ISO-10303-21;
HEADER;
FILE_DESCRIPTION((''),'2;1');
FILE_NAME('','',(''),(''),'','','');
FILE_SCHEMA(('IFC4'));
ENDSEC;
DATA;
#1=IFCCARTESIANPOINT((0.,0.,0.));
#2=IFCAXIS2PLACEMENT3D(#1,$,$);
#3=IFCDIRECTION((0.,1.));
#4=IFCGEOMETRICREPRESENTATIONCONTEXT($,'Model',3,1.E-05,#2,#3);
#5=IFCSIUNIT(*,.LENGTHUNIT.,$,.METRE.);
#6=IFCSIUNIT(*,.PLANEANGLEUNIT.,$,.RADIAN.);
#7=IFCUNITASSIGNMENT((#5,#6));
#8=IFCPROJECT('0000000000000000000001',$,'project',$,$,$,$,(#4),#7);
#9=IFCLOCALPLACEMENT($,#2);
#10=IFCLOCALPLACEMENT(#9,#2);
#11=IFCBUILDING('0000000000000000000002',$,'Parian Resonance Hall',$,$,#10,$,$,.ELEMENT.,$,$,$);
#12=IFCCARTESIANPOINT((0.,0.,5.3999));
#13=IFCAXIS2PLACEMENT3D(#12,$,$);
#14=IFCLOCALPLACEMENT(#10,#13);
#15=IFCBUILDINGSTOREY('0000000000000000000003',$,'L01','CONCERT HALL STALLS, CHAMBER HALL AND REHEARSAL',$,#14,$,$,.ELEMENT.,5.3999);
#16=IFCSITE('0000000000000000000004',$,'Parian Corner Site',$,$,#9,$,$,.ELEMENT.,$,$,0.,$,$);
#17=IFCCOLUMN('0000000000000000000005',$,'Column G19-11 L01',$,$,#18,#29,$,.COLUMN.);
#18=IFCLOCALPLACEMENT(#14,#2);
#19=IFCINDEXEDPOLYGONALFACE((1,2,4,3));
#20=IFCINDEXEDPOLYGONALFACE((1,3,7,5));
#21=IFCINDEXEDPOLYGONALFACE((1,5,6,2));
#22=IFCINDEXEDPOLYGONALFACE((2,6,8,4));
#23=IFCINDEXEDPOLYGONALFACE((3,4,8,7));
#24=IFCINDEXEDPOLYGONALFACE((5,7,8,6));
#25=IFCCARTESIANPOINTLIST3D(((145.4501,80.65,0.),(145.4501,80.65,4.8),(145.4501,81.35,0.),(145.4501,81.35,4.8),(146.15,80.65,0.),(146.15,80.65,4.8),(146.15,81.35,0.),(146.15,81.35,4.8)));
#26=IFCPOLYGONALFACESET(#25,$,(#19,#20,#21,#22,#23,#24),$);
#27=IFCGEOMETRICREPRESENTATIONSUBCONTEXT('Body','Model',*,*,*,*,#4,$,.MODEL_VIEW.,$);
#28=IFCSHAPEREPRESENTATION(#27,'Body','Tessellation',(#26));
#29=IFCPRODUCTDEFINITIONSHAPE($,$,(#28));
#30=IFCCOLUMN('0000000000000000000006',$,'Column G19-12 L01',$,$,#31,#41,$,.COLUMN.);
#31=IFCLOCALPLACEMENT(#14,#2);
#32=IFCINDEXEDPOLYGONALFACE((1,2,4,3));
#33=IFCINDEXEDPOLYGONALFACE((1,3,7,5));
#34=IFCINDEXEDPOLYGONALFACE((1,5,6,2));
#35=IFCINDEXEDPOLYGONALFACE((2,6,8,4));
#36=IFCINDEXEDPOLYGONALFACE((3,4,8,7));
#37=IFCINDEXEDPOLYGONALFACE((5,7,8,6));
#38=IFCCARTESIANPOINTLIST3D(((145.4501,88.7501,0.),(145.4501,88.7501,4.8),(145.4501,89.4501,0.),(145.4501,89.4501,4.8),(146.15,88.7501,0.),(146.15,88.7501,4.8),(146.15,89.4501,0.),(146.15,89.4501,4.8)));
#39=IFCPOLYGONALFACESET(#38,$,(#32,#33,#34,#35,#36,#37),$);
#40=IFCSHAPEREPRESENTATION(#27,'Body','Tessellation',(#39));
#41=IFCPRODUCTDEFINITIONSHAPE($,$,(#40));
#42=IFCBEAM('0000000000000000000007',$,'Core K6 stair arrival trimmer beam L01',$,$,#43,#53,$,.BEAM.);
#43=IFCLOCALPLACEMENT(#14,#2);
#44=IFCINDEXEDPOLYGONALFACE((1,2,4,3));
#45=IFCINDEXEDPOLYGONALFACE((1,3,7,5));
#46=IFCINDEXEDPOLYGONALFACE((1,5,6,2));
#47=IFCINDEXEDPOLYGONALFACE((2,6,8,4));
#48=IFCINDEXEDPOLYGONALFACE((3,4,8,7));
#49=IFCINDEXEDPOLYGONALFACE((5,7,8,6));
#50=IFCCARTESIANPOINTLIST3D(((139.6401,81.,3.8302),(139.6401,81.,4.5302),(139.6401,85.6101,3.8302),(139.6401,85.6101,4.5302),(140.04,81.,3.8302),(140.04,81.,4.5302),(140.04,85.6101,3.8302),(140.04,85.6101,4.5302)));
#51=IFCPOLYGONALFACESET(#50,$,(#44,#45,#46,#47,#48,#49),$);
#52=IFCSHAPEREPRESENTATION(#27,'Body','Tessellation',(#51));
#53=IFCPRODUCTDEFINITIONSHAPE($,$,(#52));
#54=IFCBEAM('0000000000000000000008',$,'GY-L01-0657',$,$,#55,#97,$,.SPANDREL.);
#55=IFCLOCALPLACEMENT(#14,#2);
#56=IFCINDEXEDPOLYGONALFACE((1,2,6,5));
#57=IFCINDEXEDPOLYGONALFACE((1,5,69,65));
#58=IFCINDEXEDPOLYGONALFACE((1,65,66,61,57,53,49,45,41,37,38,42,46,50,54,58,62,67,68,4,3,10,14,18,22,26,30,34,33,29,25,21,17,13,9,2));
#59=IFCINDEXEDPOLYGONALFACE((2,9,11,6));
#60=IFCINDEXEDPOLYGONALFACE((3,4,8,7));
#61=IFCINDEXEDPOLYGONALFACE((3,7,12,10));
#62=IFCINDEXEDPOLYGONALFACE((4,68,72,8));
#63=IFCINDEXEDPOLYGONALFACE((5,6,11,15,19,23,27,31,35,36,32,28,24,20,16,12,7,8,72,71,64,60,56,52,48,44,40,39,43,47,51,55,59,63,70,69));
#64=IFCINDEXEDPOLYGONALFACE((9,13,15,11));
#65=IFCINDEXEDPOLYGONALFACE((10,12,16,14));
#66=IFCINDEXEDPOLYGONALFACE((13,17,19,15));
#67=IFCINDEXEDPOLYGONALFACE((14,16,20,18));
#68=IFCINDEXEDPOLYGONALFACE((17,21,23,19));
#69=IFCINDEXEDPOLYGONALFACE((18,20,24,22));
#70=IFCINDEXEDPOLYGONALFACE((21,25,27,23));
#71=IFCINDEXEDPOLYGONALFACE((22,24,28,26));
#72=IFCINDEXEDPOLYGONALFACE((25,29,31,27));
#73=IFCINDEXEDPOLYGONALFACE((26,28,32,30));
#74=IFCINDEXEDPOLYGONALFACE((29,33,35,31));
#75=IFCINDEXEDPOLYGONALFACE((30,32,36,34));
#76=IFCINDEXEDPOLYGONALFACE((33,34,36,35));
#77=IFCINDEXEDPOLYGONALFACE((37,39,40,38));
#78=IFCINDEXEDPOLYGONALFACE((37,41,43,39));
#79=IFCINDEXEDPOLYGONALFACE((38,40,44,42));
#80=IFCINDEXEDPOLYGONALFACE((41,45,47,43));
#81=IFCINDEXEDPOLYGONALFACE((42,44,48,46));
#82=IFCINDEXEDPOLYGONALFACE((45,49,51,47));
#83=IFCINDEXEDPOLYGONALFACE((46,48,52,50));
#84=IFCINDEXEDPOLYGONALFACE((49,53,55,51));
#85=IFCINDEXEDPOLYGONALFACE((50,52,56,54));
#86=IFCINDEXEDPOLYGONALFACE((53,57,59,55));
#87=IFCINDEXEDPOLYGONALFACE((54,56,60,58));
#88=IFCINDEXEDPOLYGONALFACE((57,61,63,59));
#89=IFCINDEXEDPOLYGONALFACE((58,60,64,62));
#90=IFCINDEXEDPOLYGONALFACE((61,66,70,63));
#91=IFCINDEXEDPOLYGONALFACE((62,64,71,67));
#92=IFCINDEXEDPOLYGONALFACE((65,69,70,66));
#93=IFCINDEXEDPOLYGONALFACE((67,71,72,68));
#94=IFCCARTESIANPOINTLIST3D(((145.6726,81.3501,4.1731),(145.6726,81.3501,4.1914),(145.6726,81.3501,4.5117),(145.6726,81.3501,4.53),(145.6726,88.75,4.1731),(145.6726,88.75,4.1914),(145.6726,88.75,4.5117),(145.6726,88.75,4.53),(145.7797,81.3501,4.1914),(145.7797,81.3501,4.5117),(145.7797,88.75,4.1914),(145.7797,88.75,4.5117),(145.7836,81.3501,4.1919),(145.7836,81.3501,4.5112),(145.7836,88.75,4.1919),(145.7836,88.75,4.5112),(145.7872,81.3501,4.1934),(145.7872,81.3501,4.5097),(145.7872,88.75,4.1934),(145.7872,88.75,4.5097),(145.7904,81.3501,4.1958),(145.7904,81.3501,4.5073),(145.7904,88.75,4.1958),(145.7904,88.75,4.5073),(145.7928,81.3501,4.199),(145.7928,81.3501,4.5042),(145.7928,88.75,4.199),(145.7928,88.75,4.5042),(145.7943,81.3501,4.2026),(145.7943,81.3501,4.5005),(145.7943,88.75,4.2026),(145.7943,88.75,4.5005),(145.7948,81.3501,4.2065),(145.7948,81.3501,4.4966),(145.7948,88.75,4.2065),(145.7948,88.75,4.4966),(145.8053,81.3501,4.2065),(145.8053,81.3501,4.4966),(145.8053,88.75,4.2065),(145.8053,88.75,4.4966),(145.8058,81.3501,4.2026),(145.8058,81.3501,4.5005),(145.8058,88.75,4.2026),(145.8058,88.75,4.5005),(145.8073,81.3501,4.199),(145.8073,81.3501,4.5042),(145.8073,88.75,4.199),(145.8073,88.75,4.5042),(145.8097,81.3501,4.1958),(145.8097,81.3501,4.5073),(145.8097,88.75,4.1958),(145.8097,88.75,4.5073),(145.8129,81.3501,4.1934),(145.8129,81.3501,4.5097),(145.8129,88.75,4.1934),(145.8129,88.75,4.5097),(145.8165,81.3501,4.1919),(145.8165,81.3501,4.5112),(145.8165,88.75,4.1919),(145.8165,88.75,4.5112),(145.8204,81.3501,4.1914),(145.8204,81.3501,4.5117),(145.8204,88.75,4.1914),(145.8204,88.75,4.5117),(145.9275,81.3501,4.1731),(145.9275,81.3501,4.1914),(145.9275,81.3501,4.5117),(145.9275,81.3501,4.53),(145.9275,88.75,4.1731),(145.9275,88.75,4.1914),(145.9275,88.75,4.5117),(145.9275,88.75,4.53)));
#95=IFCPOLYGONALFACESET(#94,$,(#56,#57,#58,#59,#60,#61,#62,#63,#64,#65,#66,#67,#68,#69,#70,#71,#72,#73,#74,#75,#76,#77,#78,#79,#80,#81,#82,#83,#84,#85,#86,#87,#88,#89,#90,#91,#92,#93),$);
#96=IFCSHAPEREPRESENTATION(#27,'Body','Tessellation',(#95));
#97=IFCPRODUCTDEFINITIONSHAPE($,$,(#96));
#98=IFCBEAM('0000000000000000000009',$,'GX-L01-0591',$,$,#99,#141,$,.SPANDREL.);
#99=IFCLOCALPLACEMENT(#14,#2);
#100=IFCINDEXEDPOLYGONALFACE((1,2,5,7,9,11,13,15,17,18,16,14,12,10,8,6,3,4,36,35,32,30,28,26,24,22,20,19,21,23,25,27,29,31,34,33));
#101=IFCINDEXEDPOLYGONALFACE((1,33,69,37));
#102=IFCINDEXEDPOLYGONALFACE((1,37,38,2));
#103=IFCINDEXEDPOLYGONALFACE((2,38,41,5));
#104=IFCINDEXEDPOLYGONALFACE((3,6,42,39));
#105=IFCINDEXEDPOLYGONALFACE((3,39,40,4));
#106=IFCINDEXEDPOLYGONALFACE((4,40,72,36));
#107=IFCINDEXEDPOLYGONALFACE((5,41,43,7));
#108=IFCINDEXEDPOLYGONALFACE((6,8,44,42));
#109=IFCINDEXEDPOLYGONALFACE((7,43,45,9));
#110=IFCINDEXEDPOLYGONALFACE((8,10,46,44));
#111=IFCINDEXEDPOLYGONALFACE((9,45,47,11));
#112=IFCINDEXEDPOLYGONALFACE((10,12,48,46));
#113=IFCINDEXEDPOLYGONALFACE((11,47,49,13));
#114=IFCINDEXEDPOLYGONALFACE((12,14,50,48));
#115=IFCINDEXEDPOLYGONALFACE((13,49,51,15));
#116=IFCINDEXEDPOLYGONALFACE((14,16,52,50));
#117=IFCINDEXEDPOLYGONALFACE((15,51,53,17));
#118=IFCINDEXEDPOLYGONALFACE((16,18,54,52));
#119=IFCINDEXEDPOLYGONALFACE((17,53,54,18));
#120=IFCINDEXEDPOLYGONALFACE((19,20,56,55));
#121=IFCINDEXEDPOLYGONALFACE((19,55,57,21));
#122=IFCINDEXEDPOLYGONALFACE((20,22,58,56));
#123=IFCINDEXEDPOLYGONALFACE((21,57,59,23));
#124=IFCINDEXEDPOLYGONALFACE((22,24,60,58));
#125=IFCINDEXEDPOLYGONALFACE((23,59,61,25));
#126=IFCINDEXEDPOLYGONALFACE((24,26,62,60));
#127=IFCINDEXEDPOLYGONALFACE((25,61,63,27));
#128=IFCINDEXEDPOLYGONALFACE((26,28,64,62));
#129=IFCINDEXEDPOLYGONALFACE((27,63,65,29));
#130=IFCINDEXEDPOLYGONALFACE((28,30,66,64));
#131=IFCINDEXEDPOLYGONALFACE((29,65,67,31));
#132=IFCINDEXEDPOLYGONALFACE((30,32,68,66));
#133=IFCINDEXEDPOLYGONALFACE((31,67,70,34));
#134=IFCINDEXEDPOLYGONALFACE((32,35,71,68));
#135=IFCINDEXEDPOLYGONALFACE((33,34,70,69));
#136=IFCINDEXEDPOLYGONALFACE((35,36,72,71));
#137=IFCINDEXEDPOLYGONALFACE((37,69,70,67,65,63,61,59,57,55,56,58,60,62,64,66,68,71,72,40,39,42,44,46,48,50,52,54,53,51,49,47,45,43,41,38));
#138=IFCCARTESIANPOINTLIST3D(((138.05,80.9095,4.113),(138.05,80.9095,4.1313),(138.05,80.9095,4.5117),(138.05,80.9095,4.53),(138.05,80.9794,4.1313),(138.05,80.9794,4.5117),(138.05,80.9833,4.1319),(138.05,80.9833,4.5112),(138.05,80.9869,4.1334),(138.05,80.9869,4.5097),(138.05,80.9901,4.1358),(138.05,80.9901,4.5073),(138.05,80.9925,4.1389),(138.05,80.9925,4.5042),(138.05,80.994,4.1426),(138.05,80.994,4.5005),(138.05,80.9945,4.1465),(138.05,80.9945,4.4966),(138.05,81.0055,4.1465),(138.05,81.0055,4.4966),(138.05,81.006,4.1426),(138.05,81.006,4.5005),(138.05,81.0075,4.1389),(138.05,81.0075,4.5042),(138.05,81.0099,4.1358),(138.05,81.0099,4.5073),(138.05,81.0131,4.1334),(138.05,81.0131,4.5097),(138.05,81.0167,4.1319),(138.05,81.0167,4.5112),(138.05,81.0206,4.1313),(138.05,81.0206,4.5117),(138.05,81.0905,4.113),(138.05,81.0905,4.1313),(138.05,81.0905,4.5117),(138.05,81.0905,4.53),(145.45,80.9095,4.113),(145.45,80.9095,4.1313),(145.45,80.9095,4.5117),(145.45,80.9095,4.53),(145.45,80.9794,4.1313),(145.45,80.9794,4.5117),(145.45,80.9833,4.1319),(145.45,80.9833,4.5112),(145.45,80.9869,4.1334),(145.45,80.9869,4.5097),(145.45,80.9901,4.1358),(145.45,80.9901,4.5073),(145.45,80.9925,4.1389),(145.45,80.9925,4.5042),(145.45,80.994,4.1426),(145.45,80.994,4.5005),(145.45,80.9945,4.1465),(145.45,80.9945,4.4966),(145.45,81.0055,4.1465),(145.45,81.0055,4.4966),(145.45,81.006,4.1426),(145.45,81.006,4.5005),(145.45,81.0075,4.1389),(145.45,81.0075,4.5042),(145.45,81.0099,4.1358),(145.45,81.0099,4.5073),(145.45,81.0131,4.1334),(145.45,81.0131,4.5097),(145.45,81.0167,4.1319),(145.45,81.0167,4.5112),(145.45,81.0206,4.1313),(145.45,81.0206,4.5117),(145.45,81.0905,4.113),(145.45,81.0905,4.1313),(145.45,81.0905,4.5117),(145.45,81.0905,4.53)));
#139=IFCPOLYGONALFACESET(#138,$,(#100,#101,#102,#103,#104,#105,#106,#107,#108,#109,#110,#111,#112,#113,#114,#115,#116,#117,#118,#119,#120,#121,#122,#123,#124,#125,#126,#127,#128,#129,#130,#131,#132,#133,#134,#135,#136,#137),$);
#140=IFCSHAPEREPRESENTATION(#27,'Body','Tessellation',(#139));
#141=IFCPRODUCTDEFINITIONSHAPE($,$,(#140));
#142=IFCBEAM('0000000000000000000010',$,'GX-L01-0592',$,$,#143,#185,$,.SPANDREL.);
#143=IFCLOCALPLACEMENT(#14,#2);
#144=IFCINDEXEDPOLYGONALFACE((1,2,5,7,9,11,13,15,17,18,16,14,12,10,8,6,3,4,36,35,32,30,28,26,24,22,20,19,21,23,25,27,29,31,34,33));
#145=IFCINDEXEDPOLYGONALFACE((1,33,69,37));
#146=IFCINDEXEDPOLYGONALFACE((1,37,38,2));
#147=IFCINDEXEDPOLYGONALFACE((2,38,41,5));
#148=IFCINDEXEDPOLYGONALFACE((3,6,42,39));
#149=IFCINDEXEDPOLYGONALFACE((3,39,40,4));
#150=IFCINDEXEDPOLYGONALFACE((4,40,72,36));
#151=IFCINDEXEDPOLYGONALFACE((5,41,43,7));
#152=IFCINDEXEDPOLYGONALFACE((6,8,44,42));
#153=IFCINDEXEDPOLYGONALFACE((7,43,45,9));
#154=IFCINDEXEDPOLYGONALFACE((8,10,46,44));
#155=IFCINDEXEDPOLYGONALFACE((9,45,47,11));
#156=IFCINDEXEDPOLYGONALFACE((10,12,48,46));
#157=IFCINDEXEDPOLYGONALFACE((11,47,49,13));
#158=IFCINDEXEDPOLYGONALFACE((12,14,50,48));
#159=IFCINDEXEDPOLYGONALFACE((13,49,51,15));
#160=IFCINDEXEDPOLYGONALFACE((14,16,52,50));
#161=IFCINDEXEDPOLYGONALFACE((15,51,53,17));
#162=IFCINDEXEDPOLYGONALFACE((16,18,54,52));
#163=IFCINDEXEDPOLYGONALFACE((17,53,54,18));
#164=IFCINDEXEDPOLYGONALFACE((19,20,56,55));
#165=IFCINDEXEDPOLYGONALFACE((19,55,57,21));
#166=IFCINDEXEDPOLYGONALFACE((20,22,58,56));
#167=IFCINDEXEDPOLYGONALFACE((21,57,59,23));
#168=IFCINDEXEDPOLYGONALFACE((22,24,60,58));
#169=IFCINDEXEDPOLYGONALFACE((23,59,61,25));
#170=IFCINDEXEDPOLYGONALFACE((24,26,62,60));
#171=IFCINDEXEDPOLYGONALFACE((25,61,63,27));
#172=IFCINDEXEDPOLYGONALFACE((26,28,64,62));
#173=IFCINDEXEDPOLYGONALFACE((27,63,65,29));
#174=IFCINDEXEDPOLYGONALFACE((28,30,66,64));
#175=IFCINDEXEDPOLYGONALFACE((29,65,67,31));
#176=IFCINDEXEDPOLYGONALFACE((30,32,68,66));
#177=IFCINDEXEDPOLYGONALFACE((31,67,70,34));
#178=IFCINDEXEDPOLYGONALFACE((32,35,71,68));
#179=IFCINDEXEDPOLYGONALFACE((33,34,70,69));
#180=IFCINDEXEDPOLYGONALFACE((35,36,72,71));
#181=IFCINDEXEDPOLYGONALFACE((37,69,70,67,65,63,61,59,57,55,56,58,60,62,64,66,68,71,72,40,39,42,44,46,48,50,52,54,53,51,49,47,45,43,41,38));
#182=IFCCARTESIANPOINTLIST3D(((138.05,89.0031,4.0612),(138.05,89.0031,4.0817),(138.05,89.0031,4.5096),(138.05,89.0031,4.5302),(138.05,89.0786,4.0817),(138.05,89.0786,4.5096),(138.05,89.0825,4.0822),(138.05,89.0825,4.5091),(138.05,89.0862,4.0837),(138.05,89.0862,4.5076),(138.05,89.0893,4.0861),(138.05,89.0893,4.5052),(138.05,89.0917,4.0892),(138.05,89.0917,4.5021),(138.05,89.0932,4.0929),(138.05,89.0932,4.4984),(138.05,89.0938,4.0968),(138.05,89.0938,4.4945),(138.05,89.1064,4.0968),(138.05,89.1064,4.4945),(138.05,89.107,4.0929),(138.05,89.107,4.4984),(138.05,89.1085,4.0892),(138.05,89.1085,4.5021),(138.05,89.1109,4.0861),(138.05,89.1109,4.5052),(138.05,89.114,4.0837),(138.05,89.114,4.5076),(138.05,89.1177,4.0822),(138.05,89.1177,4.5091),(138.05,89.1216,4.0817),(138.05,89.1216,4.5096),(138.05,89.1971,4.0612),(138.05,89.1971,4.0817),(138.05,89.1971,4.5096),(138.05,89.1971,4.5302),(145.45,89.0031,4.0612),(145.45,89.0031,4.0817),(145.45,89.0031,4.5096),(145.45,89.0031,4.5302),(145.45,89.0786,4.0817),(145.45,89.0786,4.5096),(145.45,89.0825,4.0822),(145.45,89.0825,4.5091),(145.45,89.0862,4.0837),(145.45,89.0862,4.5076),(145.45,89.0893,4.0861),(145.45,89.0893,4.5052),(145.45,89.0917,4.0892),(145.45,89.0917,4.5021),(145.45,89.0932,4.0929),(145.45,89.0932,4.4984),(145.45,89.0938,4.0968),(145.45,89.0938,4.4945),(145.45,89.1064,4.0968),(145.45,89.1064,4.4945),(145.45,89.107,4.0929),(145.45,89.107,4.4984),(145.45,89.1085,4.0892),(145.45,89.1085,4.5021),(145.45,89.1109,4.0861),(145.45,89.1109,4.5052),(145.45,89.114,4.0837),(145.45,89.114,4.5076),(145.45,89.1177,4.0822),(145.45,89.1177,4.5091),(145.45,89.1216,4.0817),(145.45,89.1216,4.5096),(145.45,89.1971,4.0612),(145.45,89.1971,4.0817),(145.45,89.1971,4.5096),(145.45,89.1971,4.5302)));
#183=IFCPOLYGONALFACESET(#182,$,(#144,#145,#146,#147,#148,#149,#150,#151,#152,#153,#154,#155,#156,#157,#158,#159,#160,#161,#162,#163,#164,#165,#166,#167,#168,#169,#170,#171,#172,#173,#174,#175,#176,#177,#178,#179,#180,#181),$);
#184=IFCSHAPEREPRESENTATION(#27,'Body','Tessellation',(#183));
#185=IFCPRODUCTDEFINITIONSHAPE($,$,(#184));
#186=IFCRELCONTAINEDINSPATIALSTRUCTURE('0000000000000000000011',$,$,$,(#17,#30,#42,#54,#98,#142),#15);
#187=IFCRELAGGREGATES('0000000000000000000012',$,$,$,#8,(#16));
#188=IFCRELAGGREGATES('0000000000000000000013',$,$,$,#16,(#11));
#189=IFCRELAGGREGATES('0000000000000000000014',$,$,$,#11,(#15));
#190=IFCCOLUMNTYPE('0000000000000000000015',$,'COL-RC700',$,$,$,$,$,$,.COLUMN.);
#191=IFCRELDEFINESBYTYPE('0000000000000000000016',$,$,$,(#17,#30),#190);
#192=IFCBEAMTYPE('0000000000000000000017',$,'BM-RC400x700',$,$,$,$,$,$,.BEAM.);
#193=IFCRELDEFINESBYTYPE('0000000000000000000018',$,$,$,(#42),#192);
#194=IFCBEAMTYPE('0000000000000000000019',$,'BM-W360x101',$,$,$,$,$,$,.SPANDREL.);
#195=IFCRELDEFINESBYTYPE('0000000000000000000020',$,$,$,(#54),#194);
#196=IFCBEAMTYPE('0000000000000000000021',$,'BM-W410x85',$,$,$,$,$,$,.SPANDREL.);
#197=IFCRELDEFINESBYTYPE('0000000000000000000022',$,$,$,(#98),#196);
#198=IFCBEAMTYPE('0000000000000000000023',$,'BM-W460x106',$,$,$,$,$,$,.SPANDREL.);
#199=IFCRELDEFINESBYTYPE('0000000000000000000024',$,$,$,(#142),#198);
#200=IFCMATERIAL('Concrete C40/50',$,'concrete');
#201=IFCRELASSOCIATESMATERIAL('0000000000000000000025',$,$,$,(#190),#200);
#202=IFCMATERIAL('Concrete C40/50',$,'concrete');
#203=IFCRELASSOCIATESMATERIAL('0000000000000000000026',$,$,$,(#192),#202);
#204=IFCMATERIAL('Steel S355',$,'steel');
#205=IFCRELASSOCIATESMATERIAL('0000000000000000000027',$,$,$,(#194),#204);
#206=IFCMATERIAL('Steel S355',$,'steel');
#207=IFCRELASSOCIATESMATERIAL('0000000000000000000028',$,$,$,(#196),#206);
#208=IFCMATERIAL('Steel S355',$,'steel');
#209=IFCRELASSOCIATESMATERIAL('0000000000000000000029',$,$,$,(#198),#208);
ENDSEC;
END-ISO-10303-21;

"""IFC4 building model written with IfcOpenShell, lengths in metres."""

from ifc_helpers import new_model, si_unit, direction, frame, origin, origin_2d, place, context, subcontext, project, spatial, rectangle, i_section, extrude, material, material_profile, profile_set, type_object, element, save


model = new_model("IFC4")

# Units and contexts
model_context = context("Model", 3, precision=1e-05, world=origin(), true_north=direction((0.0, 1.0)))
body_context = subcontext(model_context, "Body", "Model", "MODEL_VIEW")
ifc_project = project(units=[si_unit("LENGTHUNIT", "METRE"), si_unit("PLANEANGLEUNIT", "RADIAN")], contexts=[model_context])

# Site, building, storey
site_placement = place(None, origin())
site = spatial("IfcSite", under=ifc_project, at=site_placement, Name="Parian Corner Site", CompositionType="ELEMENT", RefElevation=0.0)
building_placement = place(site_placement, origin())
building = spatial("IfcBuilding", under=site, at=building_placement, Name="Parian Resonance Hall", CompositionType="ELEMENT")
storey_placement = place(building_placement, frame((0.0, 0.0, 5.3999)))
storey = spatial("IfcBuildingStorey", under=building, at=storey_placement, Name="L01", Description="CONCERT HALL STALLS, CHAMBER HALL AND REHEARSAL", CompositionType="ELEMENT", Elevation=5.3999)

# Columns
ifc_material_1 = material(Name="Concrete C40/50", Category="concrete")
ifc_material_profile_1 = material_profile(ifc_material_1, rectangle(XDim=0.7, YDim=0.7, at=origin_2d()), Name="RC-COL-700x700")
ifc_profile_set_1 = profile_set([ifc_material_profile_1], Name="Concrete C40/50")
column_type = type_object("IfcColumnType", Name="COL-RC700", PredefinedType="COLUMN", material=ifc_profile_set_1)
for number, where, z_axis, x_axis, name in (
    (1, (145.8, 81.0, 0.0), (0.0, 0.0, 1.0), (1.0, 0.0, 0.0), "Column G19-11 L01"),
    (2, (145.8, 89.1001, 0.0), (0.0, 0.0, 1.0), (1.0, 0.0, 0.0), "Column G19-12 L01"),
):
    element("IfcColumn", number, at=place(storey_placement, frame(where, z_axis=z_axis, x_axis=x_axis)), inside=storey, type_object=column_type, Name=name, PredefinedType="COLUMN", context=body_context, shape_type="SweptSolid", body=[
        extrude(rectangle(XDim=0.7, YDim=0.7, at=origin_2d()), origin(), (0.0, 0.0, 1.0), 4.8),
    ])

# Beams
ifc_material_2 = material(Name="Concrete C40/50", Category="concrete")
ifc_material_profile_2 = material_profile(ifc_material_2, rectangle(XDim=0.3999, YDim=0.7, at=origin_2d()), Name="RC-BM-400x700")
ifc_profile_set_2 = profile_set([ifc_material_profile_2], Name="Concrete C40/50")
beam_type_1 = type_object("IfcBeamType", Name="BM-RC400x700", PredefinedType="BEAM", material=ifc_profile_set_2)
beam_1_placement = place(storey_placement, frame((139.8401, 81.0, 4.1802), z_axis=(0.0, 1.0, 0.0), x_axis=(-1.0, 0.0, 0.0)))
element("IfcBeam", 3, at=beam_1_placement, inside=storey, type_object=beam_type_1, Name="Core K6 stair arrival trimmer beam L01", PredefinedType="BEAM", context=body_context, shape_type="SweptSolid", body=[
    extrude(rectangle(XDim=0.3999, YDim=0.7, at=origin_2d()), origin(), (0.0, 0.0, 1.0), 4.6101),
])
ifc_material_3 = material(Name="Steel S355", Category="steel")
ifc_material_profile_3 = material_profile(ifc_material_3, i_section(OverallWidth=0.2549, OverallDepth=0.3569, WebThickness=0.0105, FlangeThickness=0.0183, FilletRadius=0.0151, at=origin_2d()), Name="W360x101")
ifc_profile_set_3 = profile_set([ifc_material_profile_3], Name="Steel S355")
beam_type_2 = type_object("IfcBeamType", Name="BM-W360x101", PredefinedType="SPANDREL", material=ifc_profile_set_3)
beam_2_placement = place(storey_placement, frame((145.8, 81.3501, 4.3516), z_axis=(0.0, 1.0, 0.0), x_axis=(-1.0, 0.0, 0.0)))
element("IfcBeam", 4, at=beam_2_placement, inside=storey, type_object=beam_type_2, Name="GY-L01-0657", PredefinedType="SPANDREL", context=body_context, shape_type="SweptSolid", body=[
    extrude(i_section(OverallWidth=0.2549, OverallDepth=0.3569, WebThickness=0.0105, FlangeThickness=0.0183, FilletRadius=0.0151, at=origin_2d()), origin(), (0.0, 0.0, 1.0), 7.3999),
])
ifc_material_4 = material(Name="Steel S355", Category="steel")
ifc_material_profile_4 = material_profile(ifc_material_4, i_section(OverallWidth=0.1809, OverallDepth=0.417, WebThickness=0.011, FlangeThickness=0.0183, FilletRadius=0.0151, at=origin_2d()), Name="W410x85")
ifc_profile_set_4 = profile_set([ifc_material_profile_4], Name="Steel S355")
beam_type_3 = type_object("IfcBeamType", Name="BM-W410x85", PredefinedType="SPANDREL", material=ifc_profile_set_4)
beam_3_placement = place(storey_placement, frame((138.05, 81.0, 4.3215), z_axis=(1.0, 0.0, 0.0), x_axis=(0.0, 1.0, 0.0)))
element("IfcBeam", 5, at=beam_3_placement, inside=storey, type_object=beam_type_3, Name="GX-L01-0591", PredefinedType="SPANDREL", context=body_context, shape_type="SweptSolid", body=[
    extrude(i_section(OverallWidth=0.1809, OverallDepth=0.417, WebThickness=0.011, FlangeThickness=0.0183, FilletRadius=0.0151, at=origin_2d()), origin(), (0.0, 0.0, 1.0), 7.3999),
])
ifc_material_5 = material(Name="Steel S355", Category="steel")
ifc_material_profile_5 = material_profile(ifc_material_5, i_section(OverallWidth=0.1941, OverallDepth=0.469, WebThickness=0.0127, FlangeThickness=0.0205, FilletRadius=0.0151, at=origin_2d()), Name="W460x106")
ifc_profile_set_5 = profile_set([ifc_material_profile_5], Name="Steel S355")
beam_type_4 = type_object("IfcBeamType", Name="BM-W460x106", PredefinedType="SPANDREL", material=ifc_profile_set_5)
beam_4_placement = place(storey_placement, frame((138.05, 89.1001, 4.2957), z_axis=(1.0, 0.0, 0.0), x_axis=(0.0, 1.0, 0.0)))
element("IfcBeam", 6, at=beam_4_placement, inside=storey, type_object=beam_type_4, Name="GX-L01-0592", PredefinedType="SPANDREL", context=body_context, shape_type="SweptSolid", body=[
    extrude(i_section(OverallWidth=0.1941, OverallDepth=0.469, WebThickness=0.0127, FlangeThickness=0.0205, FilletRadius=0.0151, at=origin_2d()), origin(), (0.0, 0.0, 1.0), 7.3999),
])

save(model, "model.ifc")
